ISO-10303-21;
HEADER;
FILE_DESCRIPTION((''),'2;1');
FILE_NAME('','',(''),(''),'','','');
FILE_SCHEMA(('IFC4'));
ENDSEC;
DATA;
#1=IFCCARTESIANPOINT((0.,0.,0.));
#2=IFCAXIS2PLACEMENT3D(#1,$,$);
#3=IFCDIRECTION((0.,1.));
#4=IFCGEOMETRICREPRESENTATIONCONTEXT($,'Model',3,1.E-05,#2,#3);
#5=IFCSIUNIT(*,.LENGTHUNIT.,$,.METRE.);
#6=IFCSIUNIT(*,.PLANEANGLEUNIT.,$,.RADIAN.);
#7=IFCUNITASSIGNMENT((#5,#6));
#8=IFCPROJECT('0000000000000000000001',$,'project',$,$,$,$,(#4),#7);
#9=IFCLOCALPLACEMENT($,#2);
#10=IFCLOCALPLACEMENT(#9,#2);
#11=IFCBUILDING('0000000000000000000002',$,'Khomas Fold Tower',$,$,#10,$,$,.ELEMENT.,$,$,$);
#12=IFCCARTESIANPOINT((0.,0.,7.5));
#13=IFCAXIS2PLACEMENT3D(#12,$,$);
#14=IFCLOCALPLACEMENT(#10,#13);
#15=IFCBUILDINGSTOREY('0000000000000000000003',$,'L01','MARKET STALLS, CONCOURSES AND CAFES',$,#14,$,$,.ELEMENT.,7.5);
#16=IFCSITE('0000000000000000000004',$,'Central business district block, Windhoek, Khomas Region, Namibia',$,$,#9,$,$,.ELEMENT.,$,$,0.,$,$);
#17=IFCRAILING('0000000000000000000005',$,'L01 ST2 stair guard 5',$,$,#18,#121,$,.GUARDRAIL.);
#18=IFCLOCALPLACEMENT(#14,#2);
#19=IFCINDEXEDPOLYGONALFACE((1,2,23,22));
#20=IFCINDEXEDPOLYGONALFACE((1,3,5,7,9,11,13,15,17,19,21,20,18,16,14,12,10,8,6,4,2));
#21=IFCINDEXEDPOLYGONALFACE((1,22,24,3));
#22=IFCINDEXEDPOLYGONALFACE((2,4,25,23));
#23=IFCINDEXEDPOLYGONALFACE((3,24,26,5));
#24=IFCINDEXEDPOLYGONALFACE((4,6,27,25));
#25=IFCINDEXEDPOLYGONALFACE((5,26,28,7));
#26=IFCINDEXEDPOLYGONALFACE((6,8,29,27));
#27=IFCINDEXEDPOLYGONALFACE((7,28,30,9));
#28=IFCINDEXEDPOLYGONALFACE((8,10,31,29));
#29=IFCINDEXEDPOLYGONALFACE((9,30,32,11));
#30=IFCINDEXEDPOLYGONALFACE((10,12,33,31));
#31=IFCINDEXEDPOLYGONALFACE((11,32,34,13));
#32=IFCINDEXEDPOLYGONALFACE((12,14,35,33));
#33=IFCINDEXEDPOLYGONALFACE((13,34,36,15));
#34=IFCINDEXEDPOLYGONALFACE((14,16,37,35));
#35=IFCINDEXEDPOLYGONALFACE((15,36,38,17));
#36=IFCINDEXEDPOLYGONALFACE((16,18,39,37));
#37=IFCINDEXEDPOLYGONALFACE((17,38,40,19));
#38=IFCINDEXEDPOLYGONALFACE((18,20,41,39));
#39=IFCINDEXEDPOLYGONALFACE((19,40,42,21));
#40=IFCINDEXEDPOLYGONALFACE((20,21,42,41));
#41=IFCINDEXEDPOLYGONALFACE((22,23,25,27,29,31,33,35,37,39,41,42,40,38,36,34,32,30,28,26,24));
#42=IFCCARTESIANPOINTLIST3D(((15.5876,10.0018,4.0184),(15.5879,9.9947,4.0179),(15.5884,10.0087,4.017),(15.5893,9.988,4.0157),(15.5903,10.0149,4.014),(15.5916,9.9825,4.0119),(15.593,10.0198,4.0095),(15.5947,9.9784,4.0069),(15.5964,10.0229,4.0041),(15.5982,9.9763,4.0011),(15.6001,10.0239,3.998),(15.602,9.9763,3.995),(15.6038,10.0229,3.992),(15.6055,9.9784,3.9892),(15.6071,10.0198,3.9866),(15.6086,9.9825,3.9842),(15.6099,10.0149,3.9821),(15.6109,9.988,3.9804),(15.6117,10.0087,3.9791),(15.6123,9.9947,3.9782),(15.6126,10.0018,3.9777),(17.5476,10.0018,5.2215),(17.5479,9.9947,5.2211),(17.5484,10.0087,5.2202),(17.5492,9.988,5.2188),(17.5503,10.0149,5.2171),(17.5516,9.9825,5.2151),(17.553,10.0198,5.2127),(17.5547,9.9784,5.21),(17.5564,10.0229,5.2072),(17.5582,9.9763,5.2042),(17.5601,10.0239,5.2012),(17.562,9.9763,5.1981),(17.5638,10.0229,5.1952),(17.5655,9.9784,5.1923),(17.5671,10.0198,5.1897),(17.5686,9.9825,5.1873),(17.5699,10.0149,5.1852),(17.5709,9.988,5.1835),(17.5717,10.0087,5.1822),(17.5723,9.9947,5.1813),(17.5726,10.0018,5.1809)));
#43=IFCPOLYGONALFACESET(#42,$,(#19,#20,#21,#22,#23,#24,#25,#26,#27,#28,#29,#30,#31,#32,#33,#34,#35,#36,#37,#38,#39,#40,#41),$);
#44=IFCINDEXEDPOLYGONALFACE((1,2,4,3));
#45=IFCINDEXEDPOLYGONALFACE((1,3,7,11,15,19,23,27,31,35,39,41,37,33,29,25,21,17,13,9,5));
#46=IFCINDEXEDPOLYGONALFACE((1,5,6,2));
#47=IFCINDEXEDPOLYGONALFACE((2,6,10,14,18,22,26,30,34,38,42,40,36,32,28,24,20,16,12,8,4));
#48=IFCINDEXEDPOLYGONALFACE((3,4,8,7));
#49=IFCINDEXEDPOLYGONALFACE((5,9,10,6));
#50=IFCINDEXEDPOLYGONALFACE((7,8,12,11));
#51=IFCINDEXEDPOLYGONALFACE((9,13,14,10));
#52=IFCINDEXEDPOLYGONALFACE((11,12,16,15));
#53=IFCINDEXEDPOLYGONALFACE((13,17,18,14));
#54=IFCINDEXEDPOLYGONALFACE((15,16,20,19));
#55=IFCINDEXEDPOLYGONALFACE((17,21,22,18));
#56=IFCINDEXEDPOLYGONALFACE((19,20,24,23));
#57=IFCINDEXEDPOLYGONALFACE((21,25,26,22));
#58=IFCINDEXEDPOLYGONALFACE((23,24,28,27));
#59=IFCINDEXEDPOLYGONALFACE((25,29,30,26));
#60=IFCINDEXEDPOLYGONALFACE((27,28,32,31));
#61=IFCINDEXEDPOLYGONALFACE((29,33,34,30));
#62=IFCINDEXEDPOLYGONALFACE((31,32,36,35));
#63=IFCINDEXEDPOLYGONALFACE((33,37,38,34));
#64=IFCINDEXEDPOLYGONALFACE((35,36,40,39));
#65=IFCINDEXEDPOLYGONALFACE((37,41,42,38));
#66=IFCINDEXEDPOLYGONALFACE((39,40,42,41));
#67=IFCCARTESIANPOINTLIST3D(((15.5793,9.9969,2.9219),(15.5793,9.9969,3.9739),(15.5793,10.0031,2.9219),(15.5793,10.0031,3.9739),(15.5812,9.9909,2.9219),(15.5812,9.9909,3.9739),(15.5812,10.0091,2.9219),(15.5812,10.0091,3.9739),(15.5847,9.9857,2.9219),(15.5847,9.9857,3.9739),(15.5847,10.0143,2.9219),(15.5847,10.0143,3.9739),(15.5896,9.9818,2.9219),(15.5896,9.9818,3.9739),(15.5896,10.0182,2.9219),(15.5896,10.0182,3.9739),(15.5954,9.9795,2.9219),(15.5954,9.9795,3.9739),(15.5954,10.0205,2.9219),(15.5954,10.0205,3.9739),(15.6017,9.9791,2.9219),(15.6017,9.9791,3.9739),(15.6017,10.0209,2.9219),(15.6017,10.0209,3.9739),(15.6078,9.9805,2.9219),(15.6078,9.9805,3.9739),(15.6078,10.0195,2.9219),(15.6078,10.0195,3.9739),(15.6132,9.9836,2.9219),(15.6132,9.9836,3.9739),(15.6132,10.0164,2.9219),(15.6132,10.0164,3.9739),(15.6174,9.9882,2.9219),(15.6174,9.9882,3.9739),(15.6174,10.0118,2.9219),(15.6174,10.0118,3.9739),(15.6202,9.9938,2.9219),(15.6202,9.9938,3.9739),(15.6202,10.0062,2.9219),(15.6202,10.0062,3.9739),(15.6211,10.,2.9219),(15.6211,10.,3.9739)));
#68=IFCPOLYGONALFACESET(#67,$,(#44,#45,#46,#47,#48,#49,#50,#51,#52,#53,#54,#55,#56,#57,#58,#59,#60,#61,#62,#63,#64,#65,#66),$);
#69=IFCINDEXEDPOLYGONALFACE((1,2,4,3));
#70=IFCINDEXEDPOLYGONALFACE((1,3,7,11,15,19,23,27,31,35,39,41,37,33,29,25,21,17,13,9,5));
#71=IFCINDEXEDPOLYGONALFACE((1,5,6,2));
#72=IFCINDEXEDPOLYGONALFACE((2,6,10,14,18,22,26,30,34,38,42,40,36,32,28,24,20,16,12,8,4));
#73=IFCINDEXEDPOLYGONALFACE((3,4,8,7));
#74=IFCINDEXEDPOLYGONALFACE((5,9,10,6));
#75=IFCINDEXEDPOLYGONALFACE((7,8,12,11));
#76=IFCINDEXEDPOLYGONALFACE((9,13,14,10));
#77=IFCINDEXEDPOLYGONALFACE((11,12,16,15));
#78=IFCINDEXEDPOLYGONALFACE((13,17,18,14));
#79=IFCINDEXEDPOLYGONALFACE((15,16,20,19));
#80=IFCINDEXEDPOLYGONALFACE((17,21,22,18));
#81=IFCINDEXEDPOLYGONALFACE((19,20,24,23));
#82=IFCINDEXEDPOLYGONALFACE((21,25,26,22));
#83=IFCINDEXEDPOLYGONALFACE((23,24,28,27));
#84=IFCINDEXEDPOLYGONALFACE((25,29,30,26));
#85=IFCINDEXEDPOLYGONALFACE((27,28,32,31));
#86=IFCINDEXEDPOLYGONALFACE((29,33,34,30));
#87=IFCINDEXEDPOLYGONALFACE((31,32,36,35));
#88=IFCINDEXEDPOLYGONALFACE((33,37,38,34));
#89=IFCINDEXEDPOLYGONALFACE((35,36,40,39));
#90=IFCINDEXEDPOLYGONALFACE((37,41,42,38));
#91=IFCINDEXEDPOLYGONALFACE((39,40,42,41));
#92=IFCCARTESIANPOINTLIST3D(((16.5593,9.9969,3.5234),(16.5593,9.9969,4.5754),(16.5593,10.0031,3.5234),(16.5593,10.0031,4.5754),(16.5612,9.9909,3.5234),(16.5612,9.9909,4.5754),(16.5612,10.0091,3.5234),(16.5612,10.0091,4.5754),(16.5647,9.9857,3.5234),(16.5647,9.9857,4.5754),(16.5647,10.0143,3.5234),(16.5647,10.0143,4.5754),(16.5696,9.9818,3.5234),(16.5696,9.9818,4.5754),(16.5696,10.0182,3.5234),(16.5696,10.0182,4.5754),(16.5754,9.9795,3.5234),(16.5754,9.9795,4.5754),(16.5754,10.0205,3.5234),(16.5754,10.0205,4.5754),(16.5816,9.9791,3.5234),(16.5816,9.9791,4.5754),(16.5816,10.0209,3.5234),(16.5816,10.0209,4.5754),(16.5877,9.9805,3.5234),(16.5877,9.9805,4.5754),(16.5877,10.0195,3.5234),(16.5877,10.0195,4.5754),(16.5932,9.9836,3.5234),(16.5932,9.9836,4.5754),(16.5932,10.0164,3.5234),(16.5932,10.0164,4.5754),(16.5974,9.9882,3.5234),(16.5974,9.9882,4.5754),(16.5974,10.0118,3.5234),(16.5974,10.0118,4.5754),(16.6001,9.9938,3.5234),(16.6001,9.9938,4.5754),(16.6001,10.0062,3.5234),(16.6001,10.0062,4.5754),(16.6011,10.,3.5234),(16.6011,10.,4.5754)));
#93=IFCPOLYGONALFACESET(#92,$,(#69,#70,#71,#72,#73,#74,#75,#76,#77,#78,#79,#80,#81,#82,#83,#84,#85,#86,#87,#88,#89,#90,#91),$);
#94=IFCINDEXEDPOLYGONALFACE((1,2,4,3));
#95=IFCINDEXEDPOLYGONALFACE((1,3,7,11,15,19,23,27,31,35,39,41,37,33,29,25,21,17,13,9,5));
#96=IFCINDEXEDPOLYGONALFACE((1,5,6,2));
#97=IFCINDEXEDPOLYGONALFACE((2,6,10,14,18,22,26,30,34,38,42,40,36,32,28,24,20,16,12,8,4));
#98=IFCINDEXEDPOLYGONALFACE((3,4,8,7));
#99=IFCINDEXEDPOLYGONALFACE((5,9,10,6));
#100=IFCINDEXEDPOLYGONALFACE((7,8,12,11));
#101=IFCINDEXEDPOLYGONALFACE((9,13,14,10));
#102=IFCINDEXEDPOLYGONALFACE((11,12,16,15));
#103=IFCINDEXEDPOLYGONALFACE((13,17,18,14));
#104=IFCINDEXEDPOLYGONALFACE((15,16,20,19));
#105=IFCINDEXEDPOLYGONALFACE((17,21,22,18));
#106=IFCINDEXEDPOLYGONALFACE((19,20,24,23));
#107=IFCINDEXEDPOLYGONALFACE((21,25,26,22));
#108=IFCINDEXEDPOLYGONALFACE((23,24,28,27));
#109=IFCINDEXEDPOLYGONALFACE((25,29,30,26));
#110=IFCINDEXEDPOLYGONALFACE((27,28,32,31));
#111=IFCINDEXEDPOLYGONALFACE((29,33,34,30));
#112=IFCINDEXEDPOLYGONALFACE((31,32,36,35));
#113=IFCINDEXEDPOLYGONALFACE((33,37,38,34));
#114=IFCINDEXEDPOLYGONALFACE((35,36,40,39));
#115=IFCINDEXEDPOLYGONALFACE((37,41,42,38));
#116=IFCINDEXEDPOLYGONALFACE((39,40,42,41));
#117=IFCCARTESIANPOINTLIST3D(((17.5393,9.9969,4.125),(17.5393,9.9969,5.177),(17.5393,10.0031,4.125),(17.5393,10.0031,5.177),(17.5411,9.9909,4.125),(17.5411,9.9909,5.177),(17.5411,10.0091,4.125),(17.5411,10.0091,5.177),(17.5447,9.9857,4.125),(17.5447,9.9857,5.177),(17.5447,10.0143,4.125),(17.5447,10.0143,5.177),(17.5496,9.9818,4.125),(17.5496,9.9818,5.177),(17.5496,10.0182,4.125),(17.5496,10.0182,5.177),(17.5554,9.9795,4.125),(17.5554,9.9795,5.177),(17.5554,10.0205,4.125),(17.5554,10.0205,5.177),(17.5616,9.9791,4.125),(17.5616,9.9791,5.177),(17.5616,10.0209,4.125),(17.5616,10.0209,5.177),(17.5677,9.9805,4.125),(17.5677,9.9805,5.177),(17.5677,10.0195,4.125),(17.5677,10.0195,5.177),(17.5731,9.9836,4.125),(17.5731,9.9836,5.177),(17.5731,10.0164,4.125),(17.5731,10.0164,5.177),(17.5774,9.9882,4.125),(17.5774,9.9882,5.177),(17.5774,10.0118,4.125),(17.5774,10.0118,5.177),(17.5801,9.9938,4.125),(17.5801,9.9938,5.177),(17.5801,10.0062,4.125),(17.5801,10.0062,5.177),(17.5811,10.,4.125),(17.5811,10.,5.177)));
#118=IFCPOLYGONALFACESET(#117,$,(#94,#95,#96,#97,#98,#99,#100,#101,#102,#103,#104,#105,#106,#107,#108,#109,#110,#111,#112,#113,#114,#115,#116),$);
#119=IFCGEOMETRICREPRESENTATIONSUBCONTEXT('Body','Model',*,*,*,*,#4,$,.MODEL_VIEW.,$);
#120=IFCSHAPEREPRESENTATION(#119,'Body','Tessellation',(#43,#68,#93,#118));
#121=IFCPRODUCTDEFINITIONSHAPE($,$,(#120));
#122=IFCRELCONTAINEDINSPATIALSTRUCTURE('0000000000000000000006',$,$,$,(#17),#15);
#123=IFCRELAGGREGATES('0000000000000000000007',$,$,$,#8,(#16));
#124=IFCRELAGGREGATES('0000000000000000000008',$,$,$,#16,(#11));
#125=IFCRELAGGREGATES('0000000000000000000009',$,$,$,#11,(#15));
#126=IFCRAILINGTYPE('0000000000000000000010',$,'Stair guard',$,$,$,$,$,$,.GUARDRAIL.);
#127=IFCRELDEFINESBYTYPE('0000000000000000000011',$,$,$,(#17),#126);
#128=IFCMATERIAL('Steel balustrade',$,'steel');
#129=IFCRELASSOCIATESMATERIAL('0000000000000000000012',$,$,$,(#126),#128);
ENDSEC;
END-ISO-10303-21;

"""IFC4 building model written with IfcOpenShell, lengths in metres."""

from ifc_helpers import new_model, si_unit, direction, frame, origin, origin_2d, place, context, subcontext, project, spatial, circle, extrude, source, transform, mapped, material, type_object, element, save


model = new_model("IFC4")

# Units and contexts
model_context = context("Model", 3, precision=1e-05, world=origin(), true_north=direction((0.0, 1.0)))
body_context = subcontext(model_context, "Body", "Model", "MODEL_VIEW")
ifc_project = project(units=[si_unit("LENGTHUNIT", "METRE"), si_unit("PLANEANGLEUNIT", "RADIAN")], contexts=[model_context])

# Site, building, storey
site_placement = place(None, origin())
site = spatial("IfcSite", under=ifc_project, at=site_placement, Name="Central business district block, Windhoek, Khomas Region, Namibia", CompositionType="ELEMENT", RefElevation=0.0)
building_placement = place(site_placement, origin())
building = spatial("IfcBuilding", under=site, at=building_placement, Name="Khomas Fold Tower", CompositionType="ELEMENT")
storey_placement = place(building_placement, frame((0.0, 0.0, 7.5)))
storey = spatial("IfcBuildingStorey", under=building, at=storey_placement, Name="L01", Description="MARKET STALLS, CONCOURSES AND CAFES", CompositionType="ELEMENT", Elevation=7.5)

# Railing
ifc_material_1 = material(Name="Steel balustrade", Category="steel")
railing_type_1 = type_object("IfcRailingType", Name="Stair guard", PredefinedType="GUARDRAIL", material=ifc_material_1)
shared_shape_1 = source(origin(), body_context, "Body", "SweptSolid", [
    extrude(circle(Radius=0.0239, at=origin_2d()), frame((0.0, 0.0, 1.0762), z_axis=(0.852241, 0.0, 0.523149), x_axis=(0.0, 1.0, 0.0)), (0.0, 0.0, 1.0), 2.2998),
    extrude(circle(Radius=0.021, at=origin_2d()), origin(), (0.0, 0.0, 1.0), 1.052),
    extrude(circle(Radius=0.021, at=origin_2d()), frame((0.98, 0.0, 0.6016)), (0.0, 0.0, 1.0), 1.052),
    extrude(circle(Radius=0.021, at=origin_2d()), frame((1.96, 0.0, 1.2031)), (0.0, 0.0, 1.0), 1.052),
])
for number, where, name in (
    (1, (15.6001, 10.0, 2.9219), "L01 ST2 stair guard 5"),
):
    element("IfcRailing", number, at=place(storey_placement, frame(where)), inside=storey, type_object=railing_type_1, Name=name, PredefinedType="GUARDRAIL", context=body_context, shape_type="MappedRepresentation", body=[
        mapped(shared_shape_1, transform((0.0, 0.0, 0.0))),
    ])

save(model, "model.ifc")
